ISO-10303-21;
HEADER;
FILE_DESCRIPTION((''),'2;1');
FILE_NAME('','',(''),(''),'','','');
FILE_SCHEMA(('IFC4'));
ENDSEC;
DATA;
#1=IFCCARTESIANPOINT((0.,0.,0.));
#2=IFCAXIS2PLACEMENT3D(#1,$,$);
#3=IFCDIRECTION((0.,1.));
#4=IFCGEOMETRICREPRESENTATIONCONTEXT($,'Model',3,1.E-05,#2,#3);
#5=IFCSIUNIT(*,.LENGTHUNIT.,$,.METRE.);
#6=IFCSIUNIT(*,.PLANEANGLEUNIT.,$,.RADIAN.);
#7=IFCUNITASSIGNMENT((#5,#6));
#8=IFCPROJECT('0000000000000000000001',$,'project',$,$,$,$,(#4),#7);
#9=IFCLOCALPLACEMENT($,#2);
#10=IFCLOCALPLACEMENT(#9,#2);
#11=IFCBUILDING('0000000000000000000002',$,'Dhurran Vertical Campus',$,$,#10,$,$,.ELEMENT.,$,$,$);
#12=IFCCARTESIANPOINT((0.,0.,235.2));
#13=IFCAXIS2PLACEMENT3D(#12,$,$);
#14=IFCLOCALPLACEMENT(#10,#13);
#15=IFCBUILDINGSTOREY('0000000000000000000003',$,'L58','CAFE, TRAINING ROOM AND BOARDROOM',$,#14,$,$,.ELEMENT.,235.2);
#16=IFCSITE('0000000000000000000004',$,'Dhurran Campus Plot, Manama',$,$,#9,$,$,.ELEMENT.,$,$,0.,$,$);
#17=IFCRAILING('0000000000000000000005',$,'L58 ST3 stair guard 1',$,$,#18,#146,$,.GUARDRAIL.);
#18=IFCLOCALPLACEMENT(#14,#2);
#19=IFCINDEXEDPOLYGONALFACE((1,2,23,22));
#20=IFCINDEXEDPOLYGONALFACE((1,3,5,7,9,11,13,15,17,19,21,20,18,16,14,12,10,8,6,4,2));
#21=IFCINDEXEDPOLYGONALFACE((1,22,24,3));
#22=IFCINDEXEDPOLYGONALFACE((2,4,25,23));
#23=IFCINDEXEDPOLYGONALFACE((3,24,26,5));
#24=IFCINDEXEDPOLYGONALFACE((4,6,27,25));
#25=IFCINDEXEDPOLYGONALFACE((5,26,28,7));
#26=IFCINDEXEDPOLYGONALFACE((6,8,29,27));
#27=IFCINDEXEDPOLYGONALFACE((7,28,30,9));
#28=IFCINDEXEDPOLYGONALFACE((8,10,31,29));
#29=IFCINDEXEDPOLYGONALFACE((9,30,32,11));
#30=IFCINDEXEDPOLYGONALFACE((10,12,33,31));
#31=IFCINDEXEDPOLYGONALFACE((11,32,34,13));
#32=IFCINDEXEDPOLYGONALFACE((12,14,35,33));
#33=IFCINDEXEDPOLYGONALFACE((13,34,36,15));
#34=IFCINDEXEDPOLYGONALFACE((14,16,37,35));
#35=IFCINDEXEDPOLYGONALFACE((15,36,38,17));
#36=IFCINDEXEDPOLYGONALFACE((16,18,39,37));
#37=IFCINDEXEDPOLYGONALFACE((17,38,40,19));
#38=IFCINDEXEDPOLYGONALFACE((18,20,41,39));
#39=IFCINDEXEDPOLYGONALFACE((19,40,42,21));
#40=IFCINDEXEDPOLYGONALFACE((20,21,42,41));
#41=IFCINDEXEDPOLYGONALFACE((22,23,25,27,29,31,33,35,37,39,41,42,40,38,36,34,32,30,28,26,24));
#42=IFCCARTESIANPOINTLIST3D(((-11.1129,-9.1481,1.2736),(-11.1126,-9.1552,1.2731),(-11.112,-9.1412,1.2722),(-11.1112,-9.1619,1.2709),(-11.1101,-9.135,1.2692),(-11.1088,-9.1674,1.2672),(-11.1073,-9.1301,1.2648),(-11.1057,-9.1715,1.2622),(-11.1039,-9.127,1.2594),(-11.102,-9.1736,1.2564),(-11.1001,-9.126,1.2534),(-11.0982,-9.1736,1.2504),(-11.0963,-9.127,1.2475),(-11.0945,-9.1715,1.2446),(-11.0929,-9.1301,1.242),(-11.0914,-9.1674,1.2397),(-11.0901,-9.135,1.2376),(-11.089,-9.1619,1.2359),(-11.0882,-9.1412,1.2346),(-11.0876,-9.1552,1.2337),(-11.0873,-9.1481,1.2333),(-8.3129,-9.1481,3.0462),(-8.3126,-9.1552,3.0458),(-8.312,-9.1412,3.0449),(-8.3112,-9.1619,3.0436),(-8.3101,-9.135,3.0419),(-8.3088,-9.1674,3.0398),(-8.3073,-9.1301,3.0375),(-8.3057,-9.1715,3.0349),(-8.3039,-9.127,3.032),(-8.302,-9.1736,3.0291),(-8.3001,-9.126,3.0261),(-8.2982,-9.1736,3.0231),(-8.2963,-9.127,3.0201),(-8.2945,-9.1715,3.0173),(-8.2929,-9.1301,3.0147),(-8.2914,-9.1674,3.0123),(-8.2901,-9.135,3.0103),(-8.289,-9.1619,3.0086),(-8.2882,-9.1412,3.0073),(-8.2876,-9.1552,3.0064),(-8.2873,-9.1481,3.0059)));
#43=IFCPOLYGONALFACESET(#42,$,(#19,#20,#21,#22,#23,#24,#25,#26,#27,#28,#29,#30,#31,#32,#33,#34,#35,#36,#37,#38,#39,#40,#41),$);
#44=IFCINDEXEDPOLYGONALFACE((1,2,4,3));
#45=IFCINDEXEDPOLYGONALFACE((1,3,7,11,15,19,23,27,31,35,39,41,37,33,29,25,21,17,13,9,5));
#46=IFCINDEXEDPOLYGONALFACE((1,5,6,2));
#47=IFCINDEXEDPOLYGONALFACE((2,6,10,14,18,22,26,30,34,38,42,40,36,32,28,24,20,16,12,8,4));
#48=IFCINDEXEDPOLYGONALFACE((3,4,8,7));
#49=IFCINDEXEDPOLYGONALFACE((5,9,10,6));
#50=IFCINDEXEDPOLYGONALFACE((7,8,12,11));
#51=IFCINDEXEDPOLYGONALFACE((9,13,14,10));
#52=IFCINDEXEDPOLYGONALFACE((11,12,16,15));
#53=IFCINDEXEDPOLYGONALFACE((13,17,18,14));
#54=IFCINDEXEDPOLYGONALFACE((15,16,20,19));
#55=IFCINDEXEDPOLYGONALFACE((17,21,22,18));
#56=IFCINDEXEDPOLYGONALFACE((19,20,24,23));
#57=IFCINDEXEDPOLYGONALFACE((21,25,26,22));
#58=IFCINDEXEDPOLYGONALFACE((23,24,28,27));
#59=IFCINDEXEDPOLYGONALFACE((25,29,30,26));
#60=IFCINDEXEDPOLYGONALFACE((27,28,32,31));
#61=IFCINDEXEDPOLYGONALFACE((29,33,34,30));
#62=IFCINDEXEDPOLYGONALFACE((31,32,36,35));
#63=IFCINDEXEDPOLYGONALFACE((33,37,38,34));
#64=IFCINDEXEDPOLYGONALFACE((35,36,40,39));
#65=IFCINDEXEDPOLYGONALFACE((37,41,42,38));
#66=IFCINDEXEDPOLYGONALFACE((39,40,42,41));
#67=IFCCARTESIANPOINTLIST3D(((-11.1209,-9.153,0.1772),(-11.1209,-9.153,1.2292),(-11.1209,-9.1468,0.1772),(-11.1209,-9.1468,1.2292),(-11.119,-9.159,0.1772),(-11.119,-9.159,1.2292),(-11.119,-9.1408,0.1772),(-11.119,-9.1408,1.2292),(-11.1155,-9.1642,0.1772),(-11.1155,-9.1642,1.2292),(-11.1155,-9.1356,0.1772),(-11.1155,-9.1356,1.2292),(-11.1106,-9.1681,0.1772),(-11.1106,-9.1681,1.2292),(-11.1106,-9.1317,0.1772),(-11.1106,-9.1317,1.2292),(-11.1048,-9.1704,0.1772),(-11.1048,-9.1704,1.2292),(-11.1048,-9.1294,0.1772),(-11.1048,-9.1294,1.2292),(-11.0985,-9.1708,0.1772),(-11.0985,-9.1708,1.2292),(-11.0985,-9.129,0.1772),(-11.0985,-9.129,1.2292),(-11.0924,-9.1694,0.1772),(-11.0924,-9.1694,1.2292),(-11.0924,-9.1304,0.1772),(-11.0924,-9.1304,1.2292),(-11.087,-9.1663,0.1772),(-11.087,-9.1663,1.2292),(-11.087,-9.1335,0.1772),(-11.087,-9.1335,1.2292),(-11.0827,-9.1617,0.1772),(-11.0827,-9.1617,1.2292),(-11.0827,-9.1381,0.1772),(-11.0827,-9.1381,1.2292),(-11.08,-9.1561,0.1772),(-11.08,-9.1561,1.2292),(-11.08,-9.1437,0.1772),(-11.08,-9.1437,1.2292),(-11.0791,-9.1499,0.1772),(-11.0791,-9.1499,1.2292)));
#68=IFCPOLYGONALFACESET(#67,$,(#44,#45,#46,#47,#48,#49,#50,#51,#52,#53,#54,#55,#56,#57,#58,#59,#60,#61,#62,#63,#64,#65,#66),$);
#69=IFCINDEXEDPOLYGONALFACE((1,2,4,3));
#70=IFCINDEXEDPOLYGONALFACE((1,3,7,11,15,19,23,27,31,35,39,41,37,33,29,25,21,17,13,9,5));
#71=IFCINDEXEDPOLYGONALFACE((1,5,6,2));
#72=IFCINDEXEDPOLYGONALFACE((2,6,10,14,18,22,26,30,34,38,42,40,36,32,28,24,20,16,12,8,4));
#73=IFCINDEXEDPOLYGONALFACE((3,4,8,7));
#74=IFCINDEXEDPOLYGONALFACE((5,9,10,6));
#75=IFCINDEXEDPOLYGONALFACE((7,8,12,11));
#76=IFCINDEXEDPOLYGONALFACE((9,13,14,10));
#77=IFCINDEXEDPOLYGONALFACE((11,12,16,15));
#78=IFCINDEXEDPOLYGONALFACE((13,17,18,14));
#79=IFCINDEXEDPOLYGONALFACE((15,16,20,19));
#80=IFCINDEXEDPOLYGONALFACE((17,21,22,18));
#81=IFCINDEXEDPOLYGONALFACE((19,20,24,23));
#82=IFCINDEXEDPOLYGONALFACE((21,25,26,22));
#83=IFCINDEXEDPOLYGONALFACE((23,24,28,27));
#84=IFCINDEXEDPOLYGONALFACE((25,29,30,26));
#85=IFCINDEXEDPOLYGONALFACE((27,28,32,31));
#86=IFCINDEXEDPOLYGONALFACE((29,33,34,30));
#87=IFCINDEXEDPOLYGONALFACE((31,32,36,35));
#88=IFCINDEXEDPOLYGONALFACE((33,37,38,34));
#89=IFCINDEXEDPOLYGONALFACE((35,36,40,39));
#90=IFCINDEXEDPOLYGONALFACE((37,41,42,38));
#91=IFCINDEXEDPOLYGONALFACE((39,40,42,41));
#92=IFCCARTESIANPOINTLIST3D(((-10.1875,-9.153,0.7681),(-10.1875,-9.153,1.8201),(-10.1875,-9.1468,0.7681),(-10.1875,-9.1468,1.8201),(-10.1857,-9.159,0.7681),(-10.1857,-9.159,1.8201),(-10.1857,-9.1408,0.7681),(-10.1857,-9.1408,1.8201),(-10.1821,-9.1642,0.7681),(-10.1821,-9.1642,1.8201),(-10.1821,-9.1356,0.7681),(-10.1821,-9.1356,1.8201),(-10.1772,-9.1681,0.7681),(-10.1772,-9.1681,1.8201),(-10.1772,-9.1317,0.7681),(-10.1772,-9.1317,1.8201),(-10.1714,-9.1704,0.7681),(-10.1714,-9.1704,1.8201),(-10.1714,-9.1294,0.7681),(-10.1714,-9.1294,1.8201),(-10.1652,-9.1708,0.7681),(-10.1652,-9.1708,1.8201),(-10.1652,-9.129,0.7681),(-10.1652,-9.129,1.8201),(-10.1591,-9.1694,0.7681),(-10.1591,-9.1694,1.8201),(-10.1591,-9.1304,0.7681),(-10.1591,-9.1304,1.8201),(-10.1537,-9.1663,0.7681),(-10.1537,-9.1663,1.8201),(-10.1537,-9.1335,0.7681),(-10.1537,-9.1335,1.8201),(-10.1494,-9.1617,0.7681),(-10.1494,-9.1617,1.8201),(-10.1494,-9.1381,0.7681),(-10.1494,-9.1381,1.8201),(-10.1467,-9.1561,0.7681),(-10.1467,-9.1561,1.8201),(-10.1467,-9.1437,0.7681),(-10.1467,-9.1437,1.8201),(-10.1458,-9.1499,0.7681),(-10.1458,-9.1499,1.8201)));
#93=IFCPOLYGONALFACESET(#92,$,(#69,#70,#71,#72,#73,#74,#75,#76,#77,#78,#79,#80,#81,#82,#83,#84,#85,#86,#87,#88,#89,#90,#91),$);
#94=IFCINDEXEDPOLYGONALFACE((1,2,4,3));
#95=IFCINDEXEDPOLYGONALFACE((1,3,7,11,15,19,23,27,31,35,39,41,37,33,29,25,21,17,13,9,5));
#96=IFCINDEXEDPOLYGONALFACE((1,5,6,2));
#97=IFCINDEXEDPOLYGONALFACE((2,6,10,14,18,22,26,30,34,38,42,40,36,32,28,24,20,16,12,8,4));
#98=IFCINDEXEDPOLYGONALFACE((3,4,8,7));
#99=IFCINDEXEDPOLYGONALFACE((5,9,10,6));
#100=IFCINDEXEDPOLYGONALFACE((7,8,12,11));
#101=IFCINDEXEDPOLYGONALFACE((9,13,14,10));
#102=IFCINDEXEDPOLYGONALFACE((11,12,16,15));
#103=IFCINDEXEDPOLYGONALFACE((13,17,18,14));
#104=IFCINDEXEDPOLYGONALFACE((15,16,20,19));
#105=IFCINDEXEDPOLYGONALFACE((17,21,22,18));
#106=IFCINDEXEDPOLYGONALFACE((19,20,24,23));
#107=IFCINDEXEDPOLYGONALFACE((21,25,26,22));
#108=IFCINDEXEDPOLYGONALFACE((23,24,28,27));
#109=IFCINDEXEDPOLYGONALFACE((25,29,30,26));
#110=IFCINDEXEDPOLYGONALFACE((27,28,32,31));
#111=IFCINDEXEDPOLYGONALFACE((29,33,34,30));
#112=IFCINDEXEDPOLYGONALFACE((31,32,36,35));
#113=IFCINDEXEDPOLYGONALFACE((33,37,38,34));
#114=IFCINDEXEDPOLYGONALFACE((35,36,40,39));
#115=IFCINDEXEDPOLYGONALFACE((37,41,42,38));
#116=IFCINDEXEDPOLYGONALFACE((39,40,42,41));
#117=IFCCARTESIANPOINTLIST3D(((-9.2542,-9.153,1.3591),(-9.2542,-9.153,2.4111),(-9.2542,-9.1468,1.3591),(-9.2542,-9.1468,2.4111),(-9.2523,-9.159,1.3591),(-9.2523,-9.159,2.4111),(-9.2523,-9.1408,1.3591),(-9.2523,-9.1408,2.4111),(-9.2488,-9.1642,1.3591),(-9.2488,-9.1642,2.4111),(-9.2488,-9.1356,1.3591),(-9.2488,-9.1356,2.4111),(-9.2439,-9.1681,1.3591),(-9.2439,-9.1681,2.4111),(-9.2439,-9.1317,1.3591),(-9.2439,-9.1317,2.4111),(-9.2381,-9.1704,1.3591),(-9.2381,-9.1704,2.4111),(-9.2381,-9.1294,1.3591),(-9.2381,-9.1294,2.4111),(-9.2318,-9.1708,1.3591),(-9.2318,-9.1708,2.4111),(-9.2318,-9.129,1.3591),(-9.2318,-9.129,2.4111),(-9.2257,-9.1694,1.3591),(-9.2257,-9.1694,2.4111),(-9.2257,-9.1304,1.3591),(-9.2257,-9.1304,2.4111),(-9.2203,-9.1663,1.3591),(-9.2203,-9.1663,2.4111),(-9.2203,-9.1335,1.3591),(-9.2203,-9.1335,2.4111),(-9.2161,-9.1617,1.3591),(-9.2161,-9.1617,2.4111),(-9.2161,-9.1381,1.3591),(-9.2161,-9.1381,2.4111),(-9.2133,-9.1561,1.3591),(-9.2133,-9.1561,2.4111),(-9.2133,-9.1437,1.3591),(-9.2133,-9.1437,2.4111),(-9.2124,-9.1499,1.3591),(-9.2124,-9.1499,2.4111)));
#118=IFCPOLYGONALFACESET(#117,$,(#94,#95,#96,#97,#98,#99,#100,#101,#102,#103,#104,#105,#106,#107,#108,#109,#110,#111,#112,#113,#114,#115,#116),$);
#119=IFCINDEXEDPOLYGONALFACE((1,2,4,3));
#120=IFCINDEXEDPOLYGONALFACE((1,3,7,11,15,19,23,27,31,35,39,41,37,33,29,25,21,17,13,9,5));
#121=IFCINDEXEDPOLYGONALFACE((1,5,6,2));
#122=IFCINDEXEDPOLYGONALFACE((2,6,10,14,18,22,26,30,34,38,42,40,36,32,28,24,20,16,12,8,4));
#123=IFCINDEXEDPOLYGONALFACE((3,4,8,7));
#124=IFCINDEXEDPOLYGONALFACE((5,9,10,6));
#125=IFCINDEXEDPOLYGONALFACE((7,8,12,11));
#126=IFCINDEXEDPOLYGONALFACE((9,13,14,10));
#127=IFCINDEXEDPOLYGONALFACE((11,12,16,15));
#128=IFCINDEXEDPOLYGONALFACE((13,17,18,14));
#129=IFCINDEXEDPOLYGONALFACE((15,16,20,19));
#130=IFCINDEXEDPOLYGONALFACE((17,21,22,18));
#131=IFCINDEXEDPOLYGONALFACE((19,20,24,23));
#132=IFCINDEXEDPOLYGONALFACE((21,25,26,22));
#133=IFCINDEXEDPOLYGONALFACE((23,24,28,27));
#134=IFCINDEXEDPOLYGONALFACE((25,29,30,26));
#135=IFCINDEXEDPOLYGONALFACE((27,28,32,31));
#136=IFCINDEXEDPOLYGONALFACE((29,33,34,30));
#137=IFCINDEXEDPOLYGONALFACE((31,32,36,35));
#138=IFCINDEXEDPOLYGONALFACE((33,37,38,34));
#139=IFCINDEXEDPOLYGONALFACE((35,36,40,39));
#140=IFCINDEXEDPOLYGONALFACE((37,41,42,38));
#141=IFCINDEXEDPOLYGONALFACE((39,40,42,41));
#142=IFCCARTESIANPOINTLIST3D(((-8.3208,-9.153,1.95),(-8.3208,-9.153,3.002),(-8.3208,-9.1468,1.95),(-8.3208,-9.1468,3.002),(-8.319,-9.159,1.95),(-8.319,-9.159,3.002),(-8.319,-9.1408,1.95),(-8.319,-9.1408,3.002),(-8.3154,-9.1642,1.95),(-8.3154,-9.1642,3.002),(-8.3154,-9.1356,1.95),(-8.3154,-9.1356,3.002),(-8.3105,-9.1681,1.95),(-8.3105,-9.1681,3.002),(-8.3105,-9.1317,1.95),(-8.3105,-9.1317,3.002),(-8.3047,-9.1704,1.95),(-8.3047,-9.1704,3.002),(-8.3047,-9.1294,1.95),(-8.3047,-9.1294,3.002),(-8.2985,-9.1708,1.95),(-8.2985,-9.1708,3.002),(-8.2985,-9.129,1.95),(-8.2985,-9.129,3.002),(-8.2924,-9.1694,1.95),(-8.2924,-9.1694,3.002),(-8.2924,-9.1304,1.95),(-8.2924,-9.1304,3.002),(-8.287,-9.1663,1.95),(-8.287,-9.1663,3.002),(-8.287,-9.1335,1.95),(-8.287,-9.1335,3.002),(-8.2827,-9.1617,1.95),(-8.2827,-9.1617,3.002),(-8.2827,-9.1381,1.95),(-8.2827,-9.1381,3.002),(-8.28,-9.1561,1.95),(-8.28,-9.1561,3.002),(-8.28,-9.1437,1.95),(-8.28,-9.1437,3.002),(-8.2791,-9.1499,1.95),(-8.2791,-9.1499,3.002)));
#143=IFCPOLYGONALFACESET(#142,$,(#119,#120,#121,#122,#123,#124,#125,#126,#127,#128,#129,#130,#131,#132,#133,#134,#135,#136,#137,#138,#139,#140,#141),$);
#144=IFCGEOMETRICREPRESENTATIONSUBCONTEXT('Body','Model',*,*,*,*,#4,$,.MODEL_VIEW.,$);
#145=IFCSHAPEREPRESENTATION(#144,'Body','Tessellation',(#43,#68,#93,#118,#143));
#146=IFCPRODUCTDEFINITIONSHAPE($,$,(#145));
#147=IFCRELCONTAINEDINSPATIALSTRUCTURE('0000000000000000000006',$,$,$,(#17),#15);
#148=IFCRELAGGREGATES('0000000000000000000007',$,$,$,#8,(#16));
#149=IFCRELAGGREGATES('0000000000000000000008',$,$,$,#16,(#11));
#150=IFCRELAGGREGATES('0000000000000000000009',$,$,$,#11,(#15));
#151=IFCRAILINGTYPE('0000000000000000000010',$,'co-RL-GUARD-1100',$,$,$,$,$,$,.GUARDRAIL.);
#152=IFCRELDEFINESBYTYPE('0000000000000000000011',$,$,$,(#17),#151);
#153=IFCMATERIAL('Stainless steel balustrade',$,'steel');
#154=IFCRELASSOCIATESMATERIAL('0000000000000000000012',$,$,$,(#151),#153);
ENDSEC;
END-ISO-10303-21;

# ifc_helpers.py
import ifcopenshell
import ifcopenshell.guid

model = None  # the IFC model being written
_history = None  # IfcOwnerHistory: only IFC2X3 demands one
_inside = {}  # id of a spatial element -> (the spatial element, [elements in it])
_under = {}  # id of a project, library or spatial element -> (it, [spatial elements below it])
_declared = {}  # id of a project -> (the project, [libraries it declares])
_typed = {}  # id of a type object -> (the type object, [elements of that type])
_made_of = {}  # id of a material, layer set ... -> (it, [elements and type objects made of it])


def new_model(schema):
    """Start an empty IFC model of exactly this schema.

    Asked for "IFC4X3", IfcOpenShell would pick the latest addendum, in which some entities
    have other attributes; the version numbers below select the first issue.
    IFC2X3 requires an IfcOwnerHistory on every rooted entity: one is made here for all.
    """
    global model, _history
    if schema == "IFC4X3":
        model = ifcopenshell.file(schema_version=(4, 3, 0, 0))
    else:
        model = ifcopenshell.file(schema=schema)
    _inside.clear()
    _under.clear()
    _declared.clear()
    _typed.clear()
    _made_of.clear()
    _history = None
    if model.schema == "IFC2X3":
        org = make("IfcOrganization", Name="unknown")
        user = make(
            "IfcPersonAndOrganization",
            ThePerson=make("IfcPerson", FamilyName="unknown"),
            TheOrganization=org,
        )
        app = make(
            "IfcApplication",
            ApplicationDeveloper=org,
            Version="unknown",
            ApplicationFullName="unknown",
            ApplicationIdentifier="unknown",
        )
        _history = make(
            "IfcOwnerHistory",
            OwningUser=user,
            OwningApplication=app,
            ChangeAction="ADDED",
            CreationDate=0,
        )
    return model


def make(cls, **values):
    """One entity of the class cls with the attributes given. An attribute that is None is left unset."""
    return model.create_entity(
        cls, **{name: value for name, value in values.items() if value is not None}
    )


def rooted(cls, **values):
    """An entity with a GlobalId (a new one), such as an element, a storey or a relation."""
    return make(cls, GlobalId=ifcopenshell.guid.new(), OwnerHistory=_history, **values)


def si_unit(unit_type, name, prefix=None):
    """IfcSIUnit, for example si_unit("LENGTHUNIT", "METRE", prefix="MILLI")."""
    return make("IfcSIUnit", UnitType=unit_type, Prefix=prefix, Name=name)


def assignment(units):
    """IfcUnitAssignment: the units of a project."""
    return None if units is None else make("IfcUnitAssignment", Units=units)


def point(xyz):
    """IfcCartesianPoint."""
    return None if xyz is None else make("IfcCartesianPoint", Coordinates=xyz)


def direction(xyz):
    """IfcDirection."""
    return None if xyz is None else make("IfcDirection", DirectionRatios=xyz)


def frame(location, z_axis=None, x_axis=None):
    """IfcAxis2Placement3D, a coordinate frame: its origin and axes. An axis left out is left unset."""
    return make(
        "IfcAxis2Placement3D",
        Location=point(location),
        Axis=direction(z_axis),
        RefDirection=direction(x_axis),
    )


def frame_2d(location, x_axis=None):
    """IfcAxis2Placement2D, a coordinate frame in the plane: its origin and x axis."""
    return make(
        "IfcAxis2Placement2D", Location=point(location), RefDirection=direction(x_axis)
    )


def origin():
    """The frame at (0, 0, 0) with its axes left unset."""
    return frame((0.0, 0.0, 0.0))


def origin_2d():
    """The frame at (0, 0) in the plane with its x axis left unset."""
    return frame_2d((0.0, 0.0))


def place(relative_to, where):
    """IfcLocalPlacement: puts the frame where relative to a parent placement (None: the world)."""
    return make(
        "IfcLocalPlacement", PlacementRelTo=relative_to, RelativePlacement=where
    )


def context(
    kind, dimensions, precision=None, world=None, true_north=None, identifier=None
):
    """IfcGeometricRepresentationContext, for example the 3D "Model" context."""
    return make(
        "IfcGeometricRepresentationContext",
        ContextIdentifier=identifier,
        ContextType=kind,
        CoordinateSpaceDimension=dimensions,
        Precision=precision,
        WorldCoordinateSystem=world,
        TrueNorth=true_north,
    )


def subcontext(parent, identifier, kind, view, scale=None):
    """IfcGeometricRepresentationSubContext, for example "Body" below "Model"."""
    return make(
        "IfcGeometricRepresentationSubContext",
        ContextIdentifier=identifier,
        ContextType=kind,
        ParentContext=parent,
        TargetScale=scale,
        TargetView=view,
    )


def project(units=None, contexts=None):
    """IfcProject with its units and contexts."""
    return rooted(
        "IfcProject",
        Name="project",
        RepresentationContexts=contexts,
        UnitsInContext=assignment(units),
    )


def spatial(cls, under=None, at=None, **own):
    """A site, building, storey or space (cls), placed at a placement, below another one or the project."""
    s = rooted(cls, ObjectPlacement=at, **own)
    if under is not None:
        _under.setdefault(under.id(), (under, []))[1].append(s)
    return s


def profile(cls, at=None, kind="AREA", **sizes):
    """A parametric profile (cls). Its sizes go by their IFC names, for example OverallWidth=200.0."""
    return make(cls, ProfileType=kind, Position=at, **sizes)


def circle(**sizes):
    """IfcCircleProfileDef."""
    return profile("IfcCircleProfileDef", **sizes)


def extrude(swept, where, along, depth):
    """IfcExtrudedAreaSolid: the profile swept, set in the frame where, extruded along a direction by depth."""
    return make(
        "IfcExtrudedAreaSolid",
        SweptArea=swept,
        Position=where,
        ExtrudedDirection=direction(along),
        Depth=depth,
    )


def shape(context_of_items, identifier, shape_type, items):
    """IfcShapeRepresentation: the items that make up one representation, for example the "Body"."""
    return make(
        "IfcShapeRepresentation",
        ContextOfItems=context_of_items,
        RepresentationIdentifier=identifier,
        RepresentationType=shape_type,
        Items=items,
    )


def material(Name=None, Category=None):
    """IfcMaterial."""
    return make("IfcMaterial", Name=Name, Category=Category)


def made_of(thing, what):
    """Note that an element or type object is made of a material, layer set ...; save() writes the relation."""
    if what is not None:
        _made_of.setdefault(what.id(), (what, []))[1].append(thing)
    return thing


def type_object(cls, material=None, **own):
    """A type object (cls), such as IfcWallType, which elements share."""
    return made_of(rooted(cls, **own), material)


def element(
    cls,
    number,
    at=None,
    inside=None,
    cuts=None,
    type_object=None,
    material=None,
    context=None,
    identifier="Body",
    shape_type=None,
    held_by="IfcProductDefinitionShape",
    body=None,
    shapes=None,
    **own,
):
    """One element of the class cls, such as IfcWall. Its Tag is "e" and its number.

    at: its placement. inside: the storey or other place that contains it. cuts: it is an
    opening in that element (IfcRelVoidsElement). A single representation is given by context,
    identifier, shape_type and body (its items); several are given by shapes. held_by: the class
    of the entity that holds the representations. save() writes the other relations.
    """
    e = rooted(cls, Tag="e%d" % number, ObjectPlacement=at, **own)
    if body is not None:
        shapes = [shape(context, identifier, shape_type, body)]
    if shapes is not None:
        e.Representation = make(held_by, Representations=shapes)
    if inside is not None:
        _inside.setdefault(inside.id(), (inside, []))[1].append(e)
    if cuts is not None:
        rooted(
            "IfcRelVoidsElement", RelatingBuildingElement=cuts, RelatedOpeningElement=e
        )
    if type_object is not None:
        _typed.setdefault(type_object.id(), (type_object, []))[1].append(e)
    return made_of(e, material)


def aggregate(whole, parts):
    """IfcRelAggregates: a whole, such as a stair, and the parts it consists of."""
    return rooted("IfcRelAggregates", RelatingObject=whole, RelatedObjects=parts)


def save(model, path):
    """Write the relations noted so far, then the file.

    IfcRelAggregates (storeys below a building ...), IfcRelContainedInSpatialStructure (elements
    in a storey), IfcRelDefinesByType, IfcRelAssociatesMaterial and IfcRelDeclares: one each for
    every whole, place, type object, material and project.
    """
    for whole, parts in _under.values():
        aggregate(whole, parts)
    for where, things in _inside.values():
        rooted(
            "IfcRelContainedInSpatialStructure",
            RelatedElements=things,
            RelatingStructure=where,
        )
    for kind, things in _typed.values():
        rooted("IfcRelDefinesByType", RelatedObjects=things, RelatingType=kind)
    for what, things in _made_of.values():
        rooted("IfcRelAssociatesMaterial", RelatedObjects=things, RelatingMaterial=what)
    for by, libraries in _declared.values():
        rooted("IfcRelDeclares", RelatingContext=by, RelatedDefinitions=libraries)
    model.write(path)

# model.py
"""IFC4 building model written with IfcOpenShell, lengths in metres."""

from ifc_helpers import new_model, si_unit, direction, frame, origin, origin_2d, place, context, subcontext, project, spatial, circle, extrude, material, type_object, element, save


model = new_model("IFC4")

# Units and contexts
model_context = context("Model", 3, precision=1e-05, world=origin(), true_north=direction((0.0, 1.0)))
body_context = subcontext(model_context, "Body", "Model", "MODEL_VIEW")
ifc_project = project(units=[si_unit("LENGTHUNIT", "METRE"), si_unit("PLANEANGLEUNIT", "RADIAN")], contexts=[model_context])

# Site, building, storey
site_placement = place(None, origin())
site = spatial("IfcSite", under=ifc_project, at=site_placement, Name="Dhurran Campus Plot, Manama", CompositionType="ELEMENT", RefElevation=0.0)
building_placement = place(site_placement, origin())
building = spatial("IfcBuilding", under=site, at=building_placement, Name="Dhurran Vertical Campus", CompositionType="ELEMENT")
storey_placement = place(building_placement, frame((0.0, 0.0, 235.2)))
storey = spatial("IfcBuildingStorey", under=building, at=storey_placement, Name="L58", Description="CAFE, TRAINING ROOM AND BOARDROOM", CompositionType="ELEMENT", Elevation=235.2)

# Railing
ifc_material_1 = material(Name="Stainless steel balustrade", Category="steel")
railing_type_1 = type_object("IfcRailingType", Name="co-RL-GUARD-1100", PredefinedType="GUARDRAIL", material=ifc_material_1)
railing_1_placement = place(storey_placement, frame((-11.1001, -9.1499, 0.1772)))
element("IfcRailing", 1, at=railing_1_placement, inside=storey, type_object=railing_type_1, Name="L58 ST3 stair guard 1", PredefinedType="GUARDRAIL", context=body_context, shape_type="SweptSolid", body=[
    extrude(circle(Radius=0.0239, at=origin_2d()), frame((0.0, 0.0, 1.0762), z_axis=(0.844909, 0.0, 0.53491), x_axis=(0.0, 1.0, 0.0)), (0.0, 0.0, 1.0), 3.314),
    extrude(circle(Radius=0.021, at=origin_2d()), origin(), (0.0, 0.0, 1.0), 1.052),
    extrude(circle(Radius=0.021, at=origin_2d()), frame((0.9333, 0.0, 0.5908)), (0.0, 0.0, 1.0), 1.052),
    extrude(circle(Radius=0.021, at=origin_2d()), frame((1.8667, 0.0, 1.1819)), (0.0, 0.0, 1.0), 1.052),
    extrude(circle(Radius=0.021, at=origin_2d()), frame((2.8, 0.0, 1.7727)), (0.0, 0.0, 1.0), 1.052),
])

save(model, "model.ifc")
